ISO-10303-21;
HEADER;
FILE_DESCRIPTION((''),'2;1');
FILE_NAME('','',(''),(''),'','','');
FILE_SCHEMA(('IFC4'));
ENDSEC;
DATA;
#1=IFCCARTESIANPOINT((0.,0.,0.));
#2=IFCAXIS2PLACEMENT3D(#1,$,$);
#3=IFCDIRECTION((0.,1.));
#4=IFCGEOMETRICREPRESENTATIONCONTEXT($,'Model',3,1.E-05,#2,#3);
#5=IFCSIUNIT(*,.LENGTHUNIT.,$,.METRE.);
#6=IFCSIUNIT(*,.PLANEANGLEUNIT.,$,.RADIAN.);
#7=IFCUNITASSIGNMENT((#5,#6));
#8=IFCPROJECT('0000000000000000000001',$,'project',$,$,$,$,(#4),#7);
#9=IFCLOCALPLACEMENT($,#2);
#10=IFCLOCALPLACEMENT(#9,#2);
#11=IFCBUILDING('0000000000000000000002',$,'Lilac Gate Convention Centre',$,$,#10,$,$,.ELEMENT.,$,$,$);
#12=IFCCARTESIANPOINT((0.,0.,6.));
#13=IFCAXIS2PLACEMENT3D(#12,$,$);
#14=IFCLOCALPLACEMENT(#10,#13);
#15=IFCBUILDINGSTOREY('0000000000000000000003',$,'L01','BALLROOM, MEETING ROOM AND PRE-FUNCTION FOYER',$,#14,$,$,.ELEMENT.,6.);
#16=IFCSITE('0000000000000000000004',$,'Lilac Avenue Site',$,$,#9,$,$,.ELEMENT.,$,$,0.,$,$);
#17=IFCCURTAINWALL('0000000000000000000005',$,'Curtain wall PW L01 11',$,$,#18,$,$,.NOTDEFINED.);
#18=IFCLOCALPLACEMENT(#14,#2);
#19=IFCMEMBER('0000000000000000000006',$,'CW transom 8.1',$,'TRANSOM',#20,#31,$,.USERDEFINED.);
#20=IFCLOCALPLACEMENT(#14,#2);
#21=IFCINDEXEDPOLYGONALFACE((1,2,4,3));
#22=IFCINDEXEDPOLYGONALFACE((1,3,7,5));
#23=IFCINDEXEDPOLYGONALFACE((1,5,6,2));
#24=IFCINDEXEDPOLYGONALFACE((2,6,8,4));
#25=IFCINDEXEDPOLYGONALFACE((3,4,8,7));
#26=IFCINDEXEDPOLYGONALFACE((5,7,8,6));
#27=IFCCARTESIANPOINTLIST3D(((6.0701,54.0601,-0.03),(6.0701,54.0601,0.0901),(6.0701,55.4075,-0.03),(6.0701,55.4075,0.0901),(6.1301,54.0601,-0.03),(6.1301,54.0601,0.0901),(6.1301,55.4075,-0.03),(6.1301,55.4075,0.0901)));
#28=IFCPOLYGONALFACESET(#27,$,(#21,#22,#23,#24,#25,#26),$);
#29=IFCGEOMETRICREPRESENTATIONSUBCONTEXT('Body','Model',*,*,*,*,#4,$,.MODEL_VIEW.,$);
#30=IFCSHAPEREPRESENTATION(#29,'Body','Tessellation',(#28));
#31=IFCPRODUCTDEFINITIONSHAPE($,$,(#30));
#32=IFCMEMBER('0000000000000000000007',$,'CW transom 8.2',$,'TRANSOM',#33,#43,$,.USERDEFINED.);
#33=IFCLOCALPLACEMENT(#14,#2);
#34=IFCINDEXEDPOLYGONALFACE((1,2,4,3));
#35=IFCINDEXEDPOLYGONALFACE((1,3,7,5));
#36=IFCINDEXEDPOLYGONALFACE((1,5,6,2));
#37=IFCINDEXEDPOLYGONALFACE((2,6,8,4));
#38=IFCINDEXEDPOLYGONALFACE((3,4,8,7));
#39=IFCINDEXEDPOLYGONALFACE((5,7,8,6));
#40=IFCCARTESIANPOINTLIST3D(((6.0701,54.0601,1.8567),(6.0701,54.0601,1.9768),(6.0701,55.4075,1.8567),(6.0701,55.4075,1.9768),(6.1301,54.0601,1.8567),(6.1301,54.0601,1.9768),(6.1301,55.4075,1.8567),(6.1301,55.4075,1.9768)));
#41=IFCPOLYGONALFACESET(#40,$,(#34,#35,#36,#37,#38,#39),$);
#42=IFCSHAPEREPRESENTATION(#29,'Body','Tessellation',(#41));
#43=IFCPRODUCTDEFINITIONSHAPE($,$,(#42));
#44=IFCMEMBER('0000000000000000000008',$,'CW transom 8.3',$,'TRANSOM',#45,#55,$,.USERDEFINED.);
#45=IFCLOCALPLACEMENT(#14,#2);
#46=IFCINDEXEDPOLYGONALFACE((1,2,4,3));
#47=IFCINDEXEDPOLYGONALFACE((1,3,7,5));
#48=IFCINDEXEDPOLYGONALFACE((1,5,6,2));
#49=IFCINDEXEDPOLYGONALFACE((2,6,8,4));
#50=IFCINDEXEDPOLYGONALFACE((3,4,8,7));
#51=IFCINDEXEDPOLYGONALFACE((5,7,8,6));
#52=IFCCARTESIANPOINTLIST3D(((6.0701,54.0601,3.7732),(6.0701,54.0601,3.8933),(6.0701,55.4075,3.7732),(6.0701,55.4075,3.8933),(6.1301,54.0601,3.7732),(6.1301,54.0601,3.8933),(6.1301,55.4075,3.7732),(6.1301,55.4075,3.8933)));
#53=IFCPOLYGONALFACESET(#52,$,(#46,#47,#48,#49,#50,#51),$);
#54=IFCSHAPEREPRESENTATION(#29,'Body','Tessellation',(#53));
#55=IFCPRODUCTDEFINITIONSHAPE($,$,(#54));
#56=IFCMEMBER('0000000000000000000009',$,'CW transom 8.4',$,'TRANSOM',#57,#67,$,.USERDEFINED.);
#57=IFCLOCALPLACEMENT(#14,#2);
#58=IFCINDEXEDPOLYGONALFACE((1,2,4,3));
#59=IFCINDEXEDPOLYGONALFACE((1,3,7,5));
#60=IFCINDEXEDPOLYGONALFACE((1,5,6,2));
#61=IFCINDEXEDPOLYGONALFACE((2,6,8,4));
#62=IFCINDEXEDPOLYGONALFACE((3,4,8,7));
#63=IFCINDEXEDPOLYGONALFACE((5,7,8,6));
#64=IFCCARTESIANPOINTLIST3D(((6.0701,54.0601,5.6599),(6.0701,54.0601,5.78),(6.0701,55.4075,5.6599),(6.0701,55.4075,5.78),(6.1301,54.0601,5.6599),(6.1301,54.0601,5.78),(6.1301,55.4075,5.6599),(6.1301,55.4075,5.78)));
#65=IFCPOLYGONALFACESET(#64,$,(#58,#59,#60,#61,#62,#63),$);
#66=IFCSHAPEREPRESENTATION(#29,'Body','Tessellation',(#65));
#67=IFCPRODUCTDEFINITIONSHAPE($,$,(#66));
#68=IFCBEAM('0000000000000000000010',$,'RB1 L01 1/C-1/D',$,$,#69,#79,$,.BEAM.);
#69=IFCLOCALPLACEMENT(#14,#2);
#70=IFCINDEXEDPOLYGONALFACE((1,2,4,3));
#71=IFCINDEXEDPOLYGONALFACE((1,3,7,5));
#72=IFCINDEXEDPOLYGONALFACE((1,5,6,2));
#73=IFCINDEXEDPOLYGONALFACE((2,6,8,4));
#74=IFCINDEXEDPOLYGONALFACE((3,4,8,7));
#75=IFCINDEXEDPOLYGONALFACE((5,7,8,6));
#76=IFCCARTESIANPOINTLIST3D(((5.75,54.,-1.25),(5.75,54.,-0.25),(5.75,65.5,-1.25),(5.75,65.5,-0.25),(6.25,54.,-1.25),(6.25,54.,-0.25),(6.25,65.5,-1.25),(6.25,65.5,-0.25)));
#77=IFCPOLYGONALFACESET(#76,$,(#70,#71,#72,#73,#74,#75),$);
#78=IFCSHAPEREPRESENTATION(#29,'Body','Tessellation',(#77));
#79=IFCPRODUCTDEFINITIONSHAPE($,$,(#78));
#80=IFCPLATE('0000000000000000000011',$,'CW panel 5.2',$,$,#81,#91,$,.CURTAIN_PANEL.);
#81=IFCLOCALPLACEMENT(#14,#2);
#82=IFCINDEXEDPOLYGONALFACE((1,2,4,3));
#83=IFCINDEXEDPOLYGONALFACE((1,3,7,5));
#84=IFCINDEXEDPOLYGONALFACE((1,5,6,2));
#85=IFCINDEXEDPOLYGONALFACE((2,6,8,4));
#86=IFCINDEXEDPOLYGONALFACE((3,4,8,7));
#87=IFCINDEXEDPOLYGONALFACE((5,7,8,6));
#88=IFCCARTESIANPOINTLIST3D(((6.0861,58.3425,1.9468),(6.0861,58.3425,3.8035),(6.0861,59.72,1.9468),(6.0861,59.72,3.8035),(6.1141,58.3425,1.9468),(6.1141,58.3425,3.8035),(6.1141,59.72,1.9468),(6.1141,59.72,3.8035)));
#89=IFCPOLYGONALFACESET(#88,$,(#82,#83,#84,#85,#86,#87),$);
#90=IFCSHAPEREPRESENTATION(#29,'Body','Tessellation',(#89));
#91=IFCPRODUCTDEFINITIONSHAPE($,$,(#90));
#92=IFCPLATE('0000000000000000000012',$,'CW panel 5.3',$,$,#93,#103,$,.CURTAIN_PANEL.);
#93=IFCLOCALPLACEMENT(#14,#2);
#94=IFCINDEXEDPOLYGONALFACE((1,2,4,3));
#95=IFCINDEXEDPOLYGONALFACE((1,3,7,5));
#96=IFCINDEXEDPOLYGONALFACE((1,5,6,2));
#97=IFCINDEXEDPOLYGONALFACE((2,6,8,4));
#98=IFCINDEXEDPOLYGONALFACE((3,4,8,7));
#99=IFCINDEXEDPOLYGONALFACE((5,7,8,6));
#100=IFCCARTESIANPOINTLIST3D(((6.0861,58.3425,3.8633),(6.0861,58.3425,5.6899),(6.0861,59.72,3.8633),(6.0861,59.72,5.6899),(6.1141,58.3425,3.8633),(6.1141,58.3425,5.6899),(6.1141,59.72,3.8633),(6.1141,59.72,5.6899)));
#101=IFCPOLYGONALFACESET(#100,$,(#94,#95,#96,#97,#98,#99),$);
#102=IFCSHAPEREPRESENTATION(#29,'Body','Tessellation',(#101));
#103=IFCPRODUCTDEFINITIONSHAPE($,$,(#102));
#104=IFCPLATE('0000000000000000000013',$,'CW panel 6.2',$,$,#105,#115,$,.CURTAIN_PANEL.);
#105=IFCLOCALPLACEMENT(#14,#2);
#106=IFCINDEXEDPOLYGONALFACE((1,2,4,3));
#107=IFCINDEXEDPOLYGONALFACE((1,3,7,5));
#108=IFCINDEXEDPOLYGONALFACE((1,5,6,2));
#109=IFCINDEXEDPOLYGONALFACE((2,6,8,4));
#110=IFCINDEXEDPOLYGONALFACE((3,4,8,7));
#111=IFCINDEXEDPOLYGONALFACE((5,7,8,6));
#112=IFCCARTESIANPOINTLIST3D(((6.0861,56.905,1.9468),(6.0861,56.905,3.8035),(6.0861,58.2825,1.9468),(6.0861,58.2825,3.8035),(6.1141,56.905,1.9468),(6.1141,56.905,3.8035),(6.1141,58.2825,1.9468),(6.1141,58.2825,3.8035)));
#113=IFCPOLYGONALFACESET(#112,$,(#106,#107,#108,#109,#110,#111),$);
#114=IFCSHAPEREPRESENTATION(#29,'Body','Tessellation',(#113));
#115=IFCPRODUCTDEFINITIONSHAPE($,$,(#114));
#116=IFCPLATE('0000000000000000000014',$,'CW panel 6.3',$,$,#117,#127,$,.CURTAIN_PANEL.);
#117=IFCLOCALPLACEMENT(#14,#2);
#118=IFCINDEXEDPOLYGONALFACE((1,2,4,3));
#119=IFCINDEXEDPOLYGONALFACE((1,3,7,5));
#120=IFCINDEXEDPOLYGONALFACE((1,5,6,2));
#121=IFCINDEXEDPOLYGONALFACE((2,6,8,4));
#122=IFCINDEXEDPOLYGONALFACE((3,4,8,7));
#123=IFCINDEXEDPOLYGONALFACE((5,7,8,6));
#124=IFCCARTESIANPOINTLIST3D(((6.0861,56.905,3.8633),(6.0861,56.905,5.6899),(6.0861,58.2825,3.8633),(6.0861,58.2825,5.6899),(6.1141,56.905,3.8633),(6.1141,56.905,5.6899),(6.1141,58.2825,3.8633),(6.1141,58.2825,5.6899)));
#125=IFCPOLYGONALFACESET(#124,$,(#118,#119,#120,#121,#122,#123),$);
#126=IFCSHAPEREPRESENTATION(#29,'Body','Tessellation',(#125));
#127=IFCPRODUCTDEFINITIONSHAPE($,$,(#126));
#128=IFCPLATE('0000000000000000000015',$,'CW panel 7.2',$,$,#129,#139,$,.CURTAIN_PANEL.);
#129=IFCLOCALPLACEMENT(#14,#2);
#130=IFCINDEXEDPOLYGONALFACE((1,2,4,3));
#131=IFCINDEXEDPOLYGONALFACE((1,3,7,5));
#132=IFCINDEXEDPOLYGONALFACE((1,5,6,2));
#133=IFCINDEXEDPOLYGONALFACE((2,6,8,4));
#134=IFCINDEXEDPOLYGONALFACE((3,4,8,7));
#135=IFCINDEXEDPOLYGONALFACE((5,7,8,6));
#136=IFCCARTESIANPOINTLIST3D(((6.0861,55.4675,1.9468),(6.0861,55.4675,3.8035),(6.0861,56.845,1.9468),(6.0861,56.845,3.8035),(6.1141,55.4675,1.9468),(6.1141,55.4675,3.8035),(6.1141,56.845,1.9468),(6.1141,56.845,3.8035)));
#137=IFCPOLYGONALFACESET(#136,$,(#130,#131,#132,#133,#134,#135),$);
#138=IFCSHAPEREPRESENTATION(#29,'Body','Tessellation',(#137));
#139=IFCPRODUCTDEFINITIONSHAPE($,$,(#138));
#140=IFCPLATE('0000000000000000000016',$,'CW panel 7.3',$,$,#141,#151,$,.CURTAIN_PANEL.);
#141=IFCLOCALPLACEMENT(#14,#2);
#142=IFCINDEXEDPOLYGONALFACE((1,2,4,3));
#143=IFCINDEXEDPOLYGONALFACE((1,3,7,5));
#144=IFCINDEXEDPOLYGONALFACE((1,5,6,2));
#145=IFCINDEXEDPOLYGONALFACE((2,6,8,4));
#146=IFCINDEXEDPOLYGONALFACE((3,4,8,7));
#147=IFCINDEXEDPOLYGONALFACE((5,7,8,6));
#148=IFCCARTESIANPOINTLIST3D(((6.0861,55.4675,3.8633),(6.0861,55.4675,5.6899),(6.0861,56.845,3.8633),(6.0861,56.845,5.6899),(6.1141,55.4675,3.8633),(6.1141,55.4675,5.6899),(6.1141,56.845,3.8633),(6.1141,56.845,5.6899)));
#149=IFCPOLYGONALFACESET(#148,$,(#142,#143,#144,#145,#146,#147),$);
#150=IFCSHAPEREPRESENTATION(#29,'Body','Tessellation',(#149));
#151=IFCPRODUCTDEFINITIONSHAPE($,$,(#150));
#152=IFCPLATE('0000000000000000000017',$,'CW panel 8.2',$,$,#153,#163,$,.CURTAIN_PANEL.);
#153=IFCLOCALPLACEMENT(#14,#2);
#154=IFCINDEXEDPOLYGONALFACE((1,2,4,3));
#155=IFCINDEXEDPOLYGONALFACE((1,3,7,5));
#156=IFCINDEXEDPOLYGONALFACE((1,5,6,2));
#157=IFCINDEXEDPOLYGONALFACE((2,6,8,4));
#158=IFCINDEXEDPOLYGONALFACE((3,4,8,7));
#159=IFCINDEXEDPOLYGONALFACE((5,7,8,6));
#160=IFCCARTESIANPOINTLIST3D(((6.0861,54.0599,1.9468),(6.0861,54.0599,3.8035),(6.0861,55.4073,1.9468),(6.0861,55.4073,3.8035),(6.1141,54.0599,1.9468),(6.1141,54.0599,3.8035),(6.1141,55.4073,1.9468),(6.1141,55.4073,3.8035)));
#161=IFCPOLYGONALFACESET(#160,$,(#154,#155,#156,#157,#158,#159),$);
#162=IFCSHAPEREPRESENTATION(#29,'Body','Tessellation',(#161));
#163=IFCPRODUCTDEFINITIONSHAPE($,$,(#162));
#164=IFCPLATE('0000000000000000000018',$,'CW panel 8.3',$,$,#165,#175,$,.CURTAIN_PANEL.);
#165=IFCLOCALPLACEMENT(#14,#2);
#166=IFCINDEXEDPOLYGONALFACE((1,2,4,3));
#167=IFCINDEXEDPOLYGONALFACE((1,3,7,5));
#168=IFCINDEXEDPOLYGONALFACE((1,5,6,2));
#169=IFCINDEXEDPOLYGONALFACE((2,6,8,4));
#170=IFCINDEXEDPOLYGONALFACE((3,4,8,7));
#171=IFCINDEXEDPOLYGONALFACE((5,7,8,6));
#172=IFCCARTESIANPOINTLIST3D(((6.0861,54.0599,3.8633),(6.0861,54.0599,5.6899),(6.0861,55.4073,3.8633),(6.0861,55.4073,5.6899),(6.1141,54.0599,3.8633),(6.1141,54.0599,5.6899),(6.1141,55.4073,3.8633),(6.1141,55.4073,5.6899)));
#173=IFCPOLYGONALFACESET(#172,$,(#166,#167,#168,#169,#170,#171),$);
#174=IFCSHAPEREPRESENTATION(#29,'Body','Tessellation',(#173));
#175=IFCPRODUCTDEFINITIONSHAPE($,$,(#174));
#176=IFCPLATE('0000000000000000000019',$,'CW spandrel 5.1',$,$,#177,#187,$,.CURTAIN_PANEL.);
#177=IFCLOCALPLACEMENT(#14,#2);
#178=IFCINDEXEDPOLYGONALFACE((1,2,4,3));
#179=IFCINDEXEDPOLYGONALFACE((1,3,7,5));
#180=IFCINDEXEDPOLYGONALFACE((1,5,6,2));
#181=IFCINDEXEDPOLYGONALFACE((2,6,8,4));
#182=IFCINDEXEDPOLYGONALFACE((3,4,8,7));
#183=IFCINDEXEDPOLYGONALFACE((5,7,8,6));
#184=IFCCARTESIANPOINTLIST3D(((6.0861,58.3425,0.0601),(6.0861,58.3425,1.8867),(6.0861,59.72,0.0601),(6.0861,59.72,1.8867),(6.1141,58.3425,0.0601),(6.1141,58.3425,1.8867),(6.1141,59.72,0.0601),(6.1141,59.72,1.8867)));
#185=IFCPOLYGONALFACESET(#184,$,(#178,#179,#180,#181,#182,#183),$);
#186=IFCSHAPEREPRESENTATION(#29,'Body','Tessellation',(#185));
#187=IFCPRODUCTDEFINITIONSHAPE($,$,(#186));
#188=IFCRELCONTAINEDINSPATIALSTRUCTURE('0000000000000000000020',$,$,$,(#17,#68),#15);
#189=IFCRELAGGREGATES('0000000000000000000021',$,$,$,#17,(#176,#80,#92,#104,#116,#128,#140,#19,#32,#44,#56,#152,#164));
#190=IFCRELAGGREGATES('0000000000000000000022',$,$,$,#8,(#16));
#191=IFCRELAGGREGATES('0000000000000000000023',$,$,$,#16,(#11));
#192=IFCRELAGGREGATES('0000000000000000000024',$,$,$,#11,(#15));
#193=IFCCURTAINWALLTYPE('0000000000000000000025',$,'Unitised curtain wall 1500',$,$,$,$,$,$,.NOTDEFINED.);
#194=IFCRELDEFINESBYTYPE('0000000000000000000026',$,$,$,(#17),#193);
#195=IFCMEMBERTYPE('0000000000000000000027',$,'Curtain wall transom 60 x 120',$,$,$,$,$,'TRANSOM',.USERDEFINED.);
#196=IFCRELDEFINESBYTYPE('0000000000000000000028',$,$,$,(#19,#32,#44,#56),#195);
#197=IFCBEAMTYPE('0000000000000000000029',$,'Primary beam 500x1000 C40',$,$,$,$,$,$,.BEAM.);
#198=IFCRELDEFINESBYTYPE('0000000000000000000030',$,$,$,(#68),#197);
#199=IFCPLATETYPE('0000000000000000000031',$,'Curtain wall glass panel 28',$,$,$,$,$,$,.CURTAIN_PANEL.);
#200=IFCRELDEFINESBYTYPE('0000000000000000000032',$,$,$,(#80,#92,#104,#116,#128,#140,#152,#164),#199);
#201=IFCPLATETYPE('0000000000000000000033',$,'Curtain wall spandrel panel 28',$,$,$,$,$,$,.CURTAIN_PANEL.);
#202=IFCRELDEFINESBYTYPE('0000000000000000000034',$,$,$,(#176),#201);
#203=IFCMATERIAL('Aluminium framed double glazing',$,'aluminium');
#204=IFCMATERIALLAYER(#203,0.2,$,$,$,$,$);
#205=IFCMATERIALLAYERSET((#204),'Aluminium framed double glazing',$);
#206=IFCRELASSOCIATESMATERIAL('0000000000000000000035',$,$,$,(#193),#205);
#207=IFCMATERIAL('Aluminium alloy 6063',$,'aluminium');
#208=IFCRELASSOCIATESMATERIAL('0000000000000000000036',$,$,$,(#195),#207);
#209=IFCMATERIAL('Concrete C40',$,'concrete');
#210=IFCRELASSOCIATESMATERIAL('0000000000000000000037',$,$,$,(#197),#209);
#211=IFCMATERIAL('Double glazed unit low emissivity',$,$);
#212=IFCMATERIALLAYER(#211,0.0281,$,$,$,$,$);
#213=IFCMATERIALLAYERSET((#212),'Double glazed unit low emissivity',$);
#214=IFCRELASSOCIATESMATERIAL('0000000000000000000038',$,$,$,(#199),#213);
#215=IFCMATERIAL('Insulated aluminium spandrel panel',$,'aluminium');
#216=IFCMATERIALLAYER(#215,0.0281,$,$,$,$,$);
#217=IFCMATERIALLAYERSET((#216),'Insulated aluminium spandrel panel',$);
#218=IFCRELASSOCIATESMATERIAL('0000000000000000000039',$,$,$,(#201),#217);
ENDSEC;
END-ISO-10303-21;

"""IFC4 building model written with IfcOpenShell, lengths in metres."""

from ifc_helpers import new_model, si_unit, direction, frame, origin, origin_2d, place, context, subcontext, project, spatial, rectangle, extrude, material, layer, layer_set, material_profile, profile_set, type_object, element, aggregate, save


model = new_model("IFC4")

# Units and contexts
model_context = context("Model", 3, precision=1e-05, world=origin(), true_north=direction((0.0, 1.0)))
body_context = subcontext(model_context, "Body", "Model", "MODEL_VIEW")
ifc_project = project(units=[si_unit("LENGTHUNIT", "METRE"), si_unit("PLANEANGLEUNIT", "RADIAN")], contexts=[model_context])

# Site, building, storey
site_placement = place(None, origin())
site = spatial("IfcSite", under=ifc_project, at=site_placement, Name="Lilac Avenue Site", CompositionType="ELEMENT", RefElevation=0.0)
building_placement = place(site_placement, origin())
building = spatial("IfcBuilding", under=site, at=building_placement, Name="Lilac Gate Convention Centre", CompositionType="ELEMENT")
storey_placement = place(building_placement, frame((0.0, 0.0, 6.0)))
storey = spatial("IfcBuildingStorey", under=building, at=storey_placement, Name="L01", Description="BALLROOM, MEETING ROOM AND PRE-FUNCTION FOYER", CompositionType="ELEMENT", Elevation=6.0)

# Curtain wall, members
ifc_material_1 = material(Name="Aluminium framed double glazing", Category="aluminium")
ifc_layer_1 = layer(ifc_material_1, 0.2)
ifc_layer_set_1 = layer_set([ifc_layer_1], Name="Aluminium framed double glazing")
curtain_wall_type = type_object("IfcCurtainWallType", Name="Unitised curtain wall 1500", PredefinedType="NOTDEFINED", material=ifc_layer_set_1)
curtain_wall_placement = place(storey_placement, origin())
curtain_wall = element("IfcCurtainWall", 1, at=curtain_wall_placement, inside=storey, type_object=curtain_wall_type, Name="Curtain wall PW L01 11", PredefinedType="NOTDEFINED")
ifc_material_2 = material(Name="Aluminium alloy 6063", Category="aluminium")
ifc_material_profile_1 = material_profile(ifc_material_2, rectangle(XDim=0.0601, YDim=0.1201, at=origin_2d()), Name="Curtain wall transom 60 x 120")
ifc_profile_set_1 = profile_set([ifc_material_profile_1], Name="Aluminium alloy 6063")
member_type_1 = type_object("IfcMemberType", Name="Curtain wall transom 60 x 120", ElementType="TRANSOM", PredefinedType="USERDEFINED", material=ifc_profile_set_1)
member_1_placement = place(storey_placement, frame((6.1001, 55.4075, 0.03), z_axis=(0.0, -1.0, 0.0), x_axis=(1.0, 0.0, 0.0)))
member_1 = element("IfcMember", 2, at=member_1_placement, type_object=member_type_1, Name="CW transom 8.1", ObjectType="TRANSOM", PredefinedType="USERDEFINED", context=body_context, shape_type="SweptSolid", body=[
    extrude(rectangle(XDim=0.0601, YDim=0.1201, at=origin_2d()), origin(), (0.0, 0.0, 1.0), 1.3474),
])
member_2_placement = place(storey_placement, frame((6.1001, 55.4075, 1.9167), z_axis=(0.0, -1.0, 0.0), x_axis=(1.0, 0.0, 0.0)))
member_2 = element("IfcMember", 3, at=member_2_placement, type_object=member_type_1, Name="CW transom 8.2", ObjectType="TRANSOM", PredefinedType="USERDEFINED", context=body_context, shape_type="SweptSolid", body=[
    extrude(rectangle(XDim=0.0601, YDim=0.1201, at=origin_2d()), origin(), (0.0, 0.0, 1.0), 1.3474),
])
member_3_placement = place(storey_placement, frame((6.1001, 55.4075, 3.8333), z_axis=(0.0, -1.0, 0.0), x_axis=(1.0, 0.0, 0.0)))
member_3 = element("IfcMember", 4, at=member_3_placement, type_object=member_type_1, Name="CW transom 8.3", ObjectType="TRANSOM", PredefinedType="USERDEFINED", context=body_context, shape_type="SweptSolid", body=[
    extrude(rectangle(XDim=0.0601, YDim=0.1201, at=origin_2d()), origin(), (0.0, 0.0, 1.0), 1.3474),
])
member_4_placement = place(storey_placement, frame((6.1001, 55.4075, 5.72), z_axis=(0.0, -1.0, 0.0), x_axis=(1.0, 0.0, 0.0)))
member_4 = element("IfcMember", 5, at=member_4_placement, type_object=member_type_1, Name="CW transom 8.4", ObjectType="TRANSOM", PredefinedType="USERDEFINED", context=body_context, shape_type="SweptSolid", body=[
    extrude(rectangle(XDim=0.0601, YDim=0.1201, at=origin_2d()), origin(), (0.0, 0.0, 1.0), 1.3474),
])

# Beam
ifc_material_3 = material(Name="Concrete C40", Category="concrete")
ifc_material_profile_2 = material_profile(ifc_material_3, rectangle(XDim=0.5, YDim=1.0, at=origin_2d()), Name="RC 500x1000")
ifc_profile_set_2 = profile_set([ifc_material_profile_2], Name="Concrete C40")
beam_type = type_object("IfcBeamType", Name="Primary beam 500x1000 C40", PredefinedType="BEAM", material=ifc_profile_set_2)
beam_placement = place(storey_placement, frame((6.0, 54.0, -0.75), z_axis=(0.0, 1.0, 0.0), x_axis=(-1.0, 0.0, 0.0)))
element("IfcBeam", 6, at=beam_placement, inside=storey, type_object=beam_type, Name="RB1 L01 1/C-1/D", PredefinedType="BEAM", context=body_context, shape_type="SweptSolid", body=[
    extrude(rectangle(XDim=0.5, YDim=1.0, at=origin_2d()), origin(), (0.0, 0.0, 1.0), 11.5),
])

# Plates
ifc_material_4 = material(Name="Double glazed unit low emissivity")
ifc_layer_2 = layer(ifc_material_4, 0.0281)
ifc_layer_set_2 = layer_set([ifc_layer_2], Name="Double glazed unit low emissivity")
plate_type_1 = type_object("IfcPlateType", Name="Curtain wall glass panel 28", PredefinedType="CURTAIN_PANEL", material=ifc_layer_set_2)
plate_1_placement = place(storey_placement, frame((6.1001, 59.0312, 1.9468), z_axis=(0.0, 0.0, 1.0), x_axis=(0.0, -1.0, 0.0)))
plate_1 = element("IfcPlate", 7, at=plate_1_placement, type_object=plate_type_1, Name="CW panel 5.2", PredefinedType="CURTAIN_PANEL", context=body_context, shape_type="SweptSolid", body=[
    extrude(rectangle(XDim=1.3774, YDim=0.0281, at=origin_2d()), origin(), (0.0, 0.0, 1.0), 1.8567),
])
plate_2_placement = place(storey_placement, frame((6.1001, 59.0312, 3.8633), z_axis=(0.0, 0.0, 1.0), x_axis=(0.0, -1.0, 0.0)))
plate_2 = element("IfcPlate", 8, at=plate_2_placement, type_object=plate_type_1, Name="CW panel 5.3", PredefinedType="CURTAIN_PANEL", context=body_context, shape_type="SweptSolid", body=[
    extrude(rectangle(XDim=1.3774, YDim=0.0281, at=origin_2d()), origin(), (0.0, 0.0, 1.0), 1.8267),
])
plate_3_placement = place(storey_placement, frame((6.1001, 57.5938, 1.9468), z_axis=(0.0, 0.0, 1.0), x_axis=(0.0, -1.0, 0.0)))
plate_3 = element("IfcPlate", 9, at=plate_3_placement, type_object=plate_type_1, Name="CW panel 6.2", PredefinedType="CURTAIN_PANEL", context=body_context, shape_type="SweptSolid", body=[
    extrude(rectangle(XDim=1.3774, YDim=0.0281, at=origin_2d()), origin(), (0.0, 0.0, 1.0), 1.8567),
])
plate_4_placement = place(storey_placement, frame((6.1001, 57.5938, 3.8633), z_axis=(0.0, 0.0, 1.0), x_axis=(0.0, -1.0, 0.0)))
plate_4 = element("IfcPlate", 10, at=plate_4_placement, type_object=plate_type_1, Name="CW panel 6.3", PredefinedType="CURTAIN_PANEL", context=body_context, shape_type="SweptSolid", body=[
    extrude(rectangle(XDim=1.3774, YDim=0.0281, at=origin_2d()), origin(), (0.0, 0.0, 1.0), 1.8267),
])
plate_5_placement = place(storey_placement, frame((6.1001, 56.1562, 1.9468), z_axis=(0.0, 0.0, 1.0), x_axis=(0.0, -1.0, 0.0)))
plate_5 = element("IfcPlate", 11, at=plate_5_placement, type_object=plate_type_1, Name="CW panel 7.2", PredefinedType="CURTAIN_PANEL", context=body_context, shape_type="SweptSolid", body=[
    extrude(rectangle(XDim=1.3774, YDim=0.0281, at=origin_2d()), origin(), (0.0, 0.0, 1.0), 1.8567),
])
plate_6_placement = place(storey_placement, frame((6.1001, 56.1562, 3.8633), z_axis=(0.0, 0.0, 1.0), x_axis=(0.0, -1.0, 0.0)))
plate_6 = element("IfcPlate", 12, at=plate_6_placement, type_object=plate_type_1, Name="CW panel 7.3", PredefinedType="CURTAIN_PANEL", context=body_context, shape_type="SweptSolid", body=[
    extrude(rectangle(XDim=1.3774, YDim=0.0281, at=origin_2d()), origin(), (0.0, 0.0, 1.0), 1.8267),
])
plate_7_placement = place(storey_placement, frame((6.1001, 54.7336, 1.9468), z_axis=(0.0, 0.0, 1.0), x_axis=(0.0, -1.0, 0.0)))
plate_7 = element("IfcPlate", 13, at=plate_7_placement, type_object=plate_type_1, Name="CW panel 8.2", PredefinedType="CURTAIN_PANEL", context=body_context, shape_type="SweptSolid", body=[
    extrude(rectangle(XDim=1.3474, YDim=0.0281, at=origin_2d()), origin(), (0.0, 0.0, 1.0), 1.8567),
])
plate_8_placement = place(storey_placement, frame((6.1001, 54.7336, 3.8633), z_axis=(0.0, 0.0, 1.0), x_axis=(0.0, -1.0, 0.0)))
plate_8 = element("IfcPlate", 14, at=plate_8_placement, type_object=plate_type_1, Name="CW panel 8.3", PredefinedType="CURTAIN_PANEL", context=body_context, shape_type="SweptSolid", body=[
    extrude(rectangle(XDim=1.3474, YDim=0.0281, at=origin_2d()), origin(), (0.0, 0.0, 1.0), 1.8267),
])
ifc_material_5 = material(Name="Insulated aluminium spandrel panel", Category="aluminium")
ifc_layer_3 = layer(ifc_material_5, 0.0281)
ifc_layer_set_3 = layer_set([ifc_layer_3], Name="Insulated aluminium spandrel panel")
plate_type_2 = type_object("IfcPlateType", Name="Curtain wall spandrel panel 28", PredefinedType="CURTAIN_PANEL", material=ifc_layer_set_3)
plate_9_placement = place(storey_placement, frame((6.1001, 59.0312, 0.0601), z_axis=(0.0, 0.0, 1.0), x_axis=(0.0, -1.0, 0.0)))
plate_9 = element("IfcPlate", 15, at=plate_9_placement, type_object=plate_type_2, Name="CW spandrel 5.1", PredefinedType="CURTAIN_PANEL", context=body_context, shape_type="SweptSolid", body=[
    extrude(rectangle(XDim=1.3774, YDim=0.0281, at=origin_2d()), origin(), (0.0, 0.0, 1.0), 1.8267),
])
aggregate(curtain_wall, [plate_9, plate_1, plate_2, plate_3, plate_4, plate_5, plate_6, member_1, member_2, member_3, member_4, plate_7, plate_8])

save(model, "model.ifc")
